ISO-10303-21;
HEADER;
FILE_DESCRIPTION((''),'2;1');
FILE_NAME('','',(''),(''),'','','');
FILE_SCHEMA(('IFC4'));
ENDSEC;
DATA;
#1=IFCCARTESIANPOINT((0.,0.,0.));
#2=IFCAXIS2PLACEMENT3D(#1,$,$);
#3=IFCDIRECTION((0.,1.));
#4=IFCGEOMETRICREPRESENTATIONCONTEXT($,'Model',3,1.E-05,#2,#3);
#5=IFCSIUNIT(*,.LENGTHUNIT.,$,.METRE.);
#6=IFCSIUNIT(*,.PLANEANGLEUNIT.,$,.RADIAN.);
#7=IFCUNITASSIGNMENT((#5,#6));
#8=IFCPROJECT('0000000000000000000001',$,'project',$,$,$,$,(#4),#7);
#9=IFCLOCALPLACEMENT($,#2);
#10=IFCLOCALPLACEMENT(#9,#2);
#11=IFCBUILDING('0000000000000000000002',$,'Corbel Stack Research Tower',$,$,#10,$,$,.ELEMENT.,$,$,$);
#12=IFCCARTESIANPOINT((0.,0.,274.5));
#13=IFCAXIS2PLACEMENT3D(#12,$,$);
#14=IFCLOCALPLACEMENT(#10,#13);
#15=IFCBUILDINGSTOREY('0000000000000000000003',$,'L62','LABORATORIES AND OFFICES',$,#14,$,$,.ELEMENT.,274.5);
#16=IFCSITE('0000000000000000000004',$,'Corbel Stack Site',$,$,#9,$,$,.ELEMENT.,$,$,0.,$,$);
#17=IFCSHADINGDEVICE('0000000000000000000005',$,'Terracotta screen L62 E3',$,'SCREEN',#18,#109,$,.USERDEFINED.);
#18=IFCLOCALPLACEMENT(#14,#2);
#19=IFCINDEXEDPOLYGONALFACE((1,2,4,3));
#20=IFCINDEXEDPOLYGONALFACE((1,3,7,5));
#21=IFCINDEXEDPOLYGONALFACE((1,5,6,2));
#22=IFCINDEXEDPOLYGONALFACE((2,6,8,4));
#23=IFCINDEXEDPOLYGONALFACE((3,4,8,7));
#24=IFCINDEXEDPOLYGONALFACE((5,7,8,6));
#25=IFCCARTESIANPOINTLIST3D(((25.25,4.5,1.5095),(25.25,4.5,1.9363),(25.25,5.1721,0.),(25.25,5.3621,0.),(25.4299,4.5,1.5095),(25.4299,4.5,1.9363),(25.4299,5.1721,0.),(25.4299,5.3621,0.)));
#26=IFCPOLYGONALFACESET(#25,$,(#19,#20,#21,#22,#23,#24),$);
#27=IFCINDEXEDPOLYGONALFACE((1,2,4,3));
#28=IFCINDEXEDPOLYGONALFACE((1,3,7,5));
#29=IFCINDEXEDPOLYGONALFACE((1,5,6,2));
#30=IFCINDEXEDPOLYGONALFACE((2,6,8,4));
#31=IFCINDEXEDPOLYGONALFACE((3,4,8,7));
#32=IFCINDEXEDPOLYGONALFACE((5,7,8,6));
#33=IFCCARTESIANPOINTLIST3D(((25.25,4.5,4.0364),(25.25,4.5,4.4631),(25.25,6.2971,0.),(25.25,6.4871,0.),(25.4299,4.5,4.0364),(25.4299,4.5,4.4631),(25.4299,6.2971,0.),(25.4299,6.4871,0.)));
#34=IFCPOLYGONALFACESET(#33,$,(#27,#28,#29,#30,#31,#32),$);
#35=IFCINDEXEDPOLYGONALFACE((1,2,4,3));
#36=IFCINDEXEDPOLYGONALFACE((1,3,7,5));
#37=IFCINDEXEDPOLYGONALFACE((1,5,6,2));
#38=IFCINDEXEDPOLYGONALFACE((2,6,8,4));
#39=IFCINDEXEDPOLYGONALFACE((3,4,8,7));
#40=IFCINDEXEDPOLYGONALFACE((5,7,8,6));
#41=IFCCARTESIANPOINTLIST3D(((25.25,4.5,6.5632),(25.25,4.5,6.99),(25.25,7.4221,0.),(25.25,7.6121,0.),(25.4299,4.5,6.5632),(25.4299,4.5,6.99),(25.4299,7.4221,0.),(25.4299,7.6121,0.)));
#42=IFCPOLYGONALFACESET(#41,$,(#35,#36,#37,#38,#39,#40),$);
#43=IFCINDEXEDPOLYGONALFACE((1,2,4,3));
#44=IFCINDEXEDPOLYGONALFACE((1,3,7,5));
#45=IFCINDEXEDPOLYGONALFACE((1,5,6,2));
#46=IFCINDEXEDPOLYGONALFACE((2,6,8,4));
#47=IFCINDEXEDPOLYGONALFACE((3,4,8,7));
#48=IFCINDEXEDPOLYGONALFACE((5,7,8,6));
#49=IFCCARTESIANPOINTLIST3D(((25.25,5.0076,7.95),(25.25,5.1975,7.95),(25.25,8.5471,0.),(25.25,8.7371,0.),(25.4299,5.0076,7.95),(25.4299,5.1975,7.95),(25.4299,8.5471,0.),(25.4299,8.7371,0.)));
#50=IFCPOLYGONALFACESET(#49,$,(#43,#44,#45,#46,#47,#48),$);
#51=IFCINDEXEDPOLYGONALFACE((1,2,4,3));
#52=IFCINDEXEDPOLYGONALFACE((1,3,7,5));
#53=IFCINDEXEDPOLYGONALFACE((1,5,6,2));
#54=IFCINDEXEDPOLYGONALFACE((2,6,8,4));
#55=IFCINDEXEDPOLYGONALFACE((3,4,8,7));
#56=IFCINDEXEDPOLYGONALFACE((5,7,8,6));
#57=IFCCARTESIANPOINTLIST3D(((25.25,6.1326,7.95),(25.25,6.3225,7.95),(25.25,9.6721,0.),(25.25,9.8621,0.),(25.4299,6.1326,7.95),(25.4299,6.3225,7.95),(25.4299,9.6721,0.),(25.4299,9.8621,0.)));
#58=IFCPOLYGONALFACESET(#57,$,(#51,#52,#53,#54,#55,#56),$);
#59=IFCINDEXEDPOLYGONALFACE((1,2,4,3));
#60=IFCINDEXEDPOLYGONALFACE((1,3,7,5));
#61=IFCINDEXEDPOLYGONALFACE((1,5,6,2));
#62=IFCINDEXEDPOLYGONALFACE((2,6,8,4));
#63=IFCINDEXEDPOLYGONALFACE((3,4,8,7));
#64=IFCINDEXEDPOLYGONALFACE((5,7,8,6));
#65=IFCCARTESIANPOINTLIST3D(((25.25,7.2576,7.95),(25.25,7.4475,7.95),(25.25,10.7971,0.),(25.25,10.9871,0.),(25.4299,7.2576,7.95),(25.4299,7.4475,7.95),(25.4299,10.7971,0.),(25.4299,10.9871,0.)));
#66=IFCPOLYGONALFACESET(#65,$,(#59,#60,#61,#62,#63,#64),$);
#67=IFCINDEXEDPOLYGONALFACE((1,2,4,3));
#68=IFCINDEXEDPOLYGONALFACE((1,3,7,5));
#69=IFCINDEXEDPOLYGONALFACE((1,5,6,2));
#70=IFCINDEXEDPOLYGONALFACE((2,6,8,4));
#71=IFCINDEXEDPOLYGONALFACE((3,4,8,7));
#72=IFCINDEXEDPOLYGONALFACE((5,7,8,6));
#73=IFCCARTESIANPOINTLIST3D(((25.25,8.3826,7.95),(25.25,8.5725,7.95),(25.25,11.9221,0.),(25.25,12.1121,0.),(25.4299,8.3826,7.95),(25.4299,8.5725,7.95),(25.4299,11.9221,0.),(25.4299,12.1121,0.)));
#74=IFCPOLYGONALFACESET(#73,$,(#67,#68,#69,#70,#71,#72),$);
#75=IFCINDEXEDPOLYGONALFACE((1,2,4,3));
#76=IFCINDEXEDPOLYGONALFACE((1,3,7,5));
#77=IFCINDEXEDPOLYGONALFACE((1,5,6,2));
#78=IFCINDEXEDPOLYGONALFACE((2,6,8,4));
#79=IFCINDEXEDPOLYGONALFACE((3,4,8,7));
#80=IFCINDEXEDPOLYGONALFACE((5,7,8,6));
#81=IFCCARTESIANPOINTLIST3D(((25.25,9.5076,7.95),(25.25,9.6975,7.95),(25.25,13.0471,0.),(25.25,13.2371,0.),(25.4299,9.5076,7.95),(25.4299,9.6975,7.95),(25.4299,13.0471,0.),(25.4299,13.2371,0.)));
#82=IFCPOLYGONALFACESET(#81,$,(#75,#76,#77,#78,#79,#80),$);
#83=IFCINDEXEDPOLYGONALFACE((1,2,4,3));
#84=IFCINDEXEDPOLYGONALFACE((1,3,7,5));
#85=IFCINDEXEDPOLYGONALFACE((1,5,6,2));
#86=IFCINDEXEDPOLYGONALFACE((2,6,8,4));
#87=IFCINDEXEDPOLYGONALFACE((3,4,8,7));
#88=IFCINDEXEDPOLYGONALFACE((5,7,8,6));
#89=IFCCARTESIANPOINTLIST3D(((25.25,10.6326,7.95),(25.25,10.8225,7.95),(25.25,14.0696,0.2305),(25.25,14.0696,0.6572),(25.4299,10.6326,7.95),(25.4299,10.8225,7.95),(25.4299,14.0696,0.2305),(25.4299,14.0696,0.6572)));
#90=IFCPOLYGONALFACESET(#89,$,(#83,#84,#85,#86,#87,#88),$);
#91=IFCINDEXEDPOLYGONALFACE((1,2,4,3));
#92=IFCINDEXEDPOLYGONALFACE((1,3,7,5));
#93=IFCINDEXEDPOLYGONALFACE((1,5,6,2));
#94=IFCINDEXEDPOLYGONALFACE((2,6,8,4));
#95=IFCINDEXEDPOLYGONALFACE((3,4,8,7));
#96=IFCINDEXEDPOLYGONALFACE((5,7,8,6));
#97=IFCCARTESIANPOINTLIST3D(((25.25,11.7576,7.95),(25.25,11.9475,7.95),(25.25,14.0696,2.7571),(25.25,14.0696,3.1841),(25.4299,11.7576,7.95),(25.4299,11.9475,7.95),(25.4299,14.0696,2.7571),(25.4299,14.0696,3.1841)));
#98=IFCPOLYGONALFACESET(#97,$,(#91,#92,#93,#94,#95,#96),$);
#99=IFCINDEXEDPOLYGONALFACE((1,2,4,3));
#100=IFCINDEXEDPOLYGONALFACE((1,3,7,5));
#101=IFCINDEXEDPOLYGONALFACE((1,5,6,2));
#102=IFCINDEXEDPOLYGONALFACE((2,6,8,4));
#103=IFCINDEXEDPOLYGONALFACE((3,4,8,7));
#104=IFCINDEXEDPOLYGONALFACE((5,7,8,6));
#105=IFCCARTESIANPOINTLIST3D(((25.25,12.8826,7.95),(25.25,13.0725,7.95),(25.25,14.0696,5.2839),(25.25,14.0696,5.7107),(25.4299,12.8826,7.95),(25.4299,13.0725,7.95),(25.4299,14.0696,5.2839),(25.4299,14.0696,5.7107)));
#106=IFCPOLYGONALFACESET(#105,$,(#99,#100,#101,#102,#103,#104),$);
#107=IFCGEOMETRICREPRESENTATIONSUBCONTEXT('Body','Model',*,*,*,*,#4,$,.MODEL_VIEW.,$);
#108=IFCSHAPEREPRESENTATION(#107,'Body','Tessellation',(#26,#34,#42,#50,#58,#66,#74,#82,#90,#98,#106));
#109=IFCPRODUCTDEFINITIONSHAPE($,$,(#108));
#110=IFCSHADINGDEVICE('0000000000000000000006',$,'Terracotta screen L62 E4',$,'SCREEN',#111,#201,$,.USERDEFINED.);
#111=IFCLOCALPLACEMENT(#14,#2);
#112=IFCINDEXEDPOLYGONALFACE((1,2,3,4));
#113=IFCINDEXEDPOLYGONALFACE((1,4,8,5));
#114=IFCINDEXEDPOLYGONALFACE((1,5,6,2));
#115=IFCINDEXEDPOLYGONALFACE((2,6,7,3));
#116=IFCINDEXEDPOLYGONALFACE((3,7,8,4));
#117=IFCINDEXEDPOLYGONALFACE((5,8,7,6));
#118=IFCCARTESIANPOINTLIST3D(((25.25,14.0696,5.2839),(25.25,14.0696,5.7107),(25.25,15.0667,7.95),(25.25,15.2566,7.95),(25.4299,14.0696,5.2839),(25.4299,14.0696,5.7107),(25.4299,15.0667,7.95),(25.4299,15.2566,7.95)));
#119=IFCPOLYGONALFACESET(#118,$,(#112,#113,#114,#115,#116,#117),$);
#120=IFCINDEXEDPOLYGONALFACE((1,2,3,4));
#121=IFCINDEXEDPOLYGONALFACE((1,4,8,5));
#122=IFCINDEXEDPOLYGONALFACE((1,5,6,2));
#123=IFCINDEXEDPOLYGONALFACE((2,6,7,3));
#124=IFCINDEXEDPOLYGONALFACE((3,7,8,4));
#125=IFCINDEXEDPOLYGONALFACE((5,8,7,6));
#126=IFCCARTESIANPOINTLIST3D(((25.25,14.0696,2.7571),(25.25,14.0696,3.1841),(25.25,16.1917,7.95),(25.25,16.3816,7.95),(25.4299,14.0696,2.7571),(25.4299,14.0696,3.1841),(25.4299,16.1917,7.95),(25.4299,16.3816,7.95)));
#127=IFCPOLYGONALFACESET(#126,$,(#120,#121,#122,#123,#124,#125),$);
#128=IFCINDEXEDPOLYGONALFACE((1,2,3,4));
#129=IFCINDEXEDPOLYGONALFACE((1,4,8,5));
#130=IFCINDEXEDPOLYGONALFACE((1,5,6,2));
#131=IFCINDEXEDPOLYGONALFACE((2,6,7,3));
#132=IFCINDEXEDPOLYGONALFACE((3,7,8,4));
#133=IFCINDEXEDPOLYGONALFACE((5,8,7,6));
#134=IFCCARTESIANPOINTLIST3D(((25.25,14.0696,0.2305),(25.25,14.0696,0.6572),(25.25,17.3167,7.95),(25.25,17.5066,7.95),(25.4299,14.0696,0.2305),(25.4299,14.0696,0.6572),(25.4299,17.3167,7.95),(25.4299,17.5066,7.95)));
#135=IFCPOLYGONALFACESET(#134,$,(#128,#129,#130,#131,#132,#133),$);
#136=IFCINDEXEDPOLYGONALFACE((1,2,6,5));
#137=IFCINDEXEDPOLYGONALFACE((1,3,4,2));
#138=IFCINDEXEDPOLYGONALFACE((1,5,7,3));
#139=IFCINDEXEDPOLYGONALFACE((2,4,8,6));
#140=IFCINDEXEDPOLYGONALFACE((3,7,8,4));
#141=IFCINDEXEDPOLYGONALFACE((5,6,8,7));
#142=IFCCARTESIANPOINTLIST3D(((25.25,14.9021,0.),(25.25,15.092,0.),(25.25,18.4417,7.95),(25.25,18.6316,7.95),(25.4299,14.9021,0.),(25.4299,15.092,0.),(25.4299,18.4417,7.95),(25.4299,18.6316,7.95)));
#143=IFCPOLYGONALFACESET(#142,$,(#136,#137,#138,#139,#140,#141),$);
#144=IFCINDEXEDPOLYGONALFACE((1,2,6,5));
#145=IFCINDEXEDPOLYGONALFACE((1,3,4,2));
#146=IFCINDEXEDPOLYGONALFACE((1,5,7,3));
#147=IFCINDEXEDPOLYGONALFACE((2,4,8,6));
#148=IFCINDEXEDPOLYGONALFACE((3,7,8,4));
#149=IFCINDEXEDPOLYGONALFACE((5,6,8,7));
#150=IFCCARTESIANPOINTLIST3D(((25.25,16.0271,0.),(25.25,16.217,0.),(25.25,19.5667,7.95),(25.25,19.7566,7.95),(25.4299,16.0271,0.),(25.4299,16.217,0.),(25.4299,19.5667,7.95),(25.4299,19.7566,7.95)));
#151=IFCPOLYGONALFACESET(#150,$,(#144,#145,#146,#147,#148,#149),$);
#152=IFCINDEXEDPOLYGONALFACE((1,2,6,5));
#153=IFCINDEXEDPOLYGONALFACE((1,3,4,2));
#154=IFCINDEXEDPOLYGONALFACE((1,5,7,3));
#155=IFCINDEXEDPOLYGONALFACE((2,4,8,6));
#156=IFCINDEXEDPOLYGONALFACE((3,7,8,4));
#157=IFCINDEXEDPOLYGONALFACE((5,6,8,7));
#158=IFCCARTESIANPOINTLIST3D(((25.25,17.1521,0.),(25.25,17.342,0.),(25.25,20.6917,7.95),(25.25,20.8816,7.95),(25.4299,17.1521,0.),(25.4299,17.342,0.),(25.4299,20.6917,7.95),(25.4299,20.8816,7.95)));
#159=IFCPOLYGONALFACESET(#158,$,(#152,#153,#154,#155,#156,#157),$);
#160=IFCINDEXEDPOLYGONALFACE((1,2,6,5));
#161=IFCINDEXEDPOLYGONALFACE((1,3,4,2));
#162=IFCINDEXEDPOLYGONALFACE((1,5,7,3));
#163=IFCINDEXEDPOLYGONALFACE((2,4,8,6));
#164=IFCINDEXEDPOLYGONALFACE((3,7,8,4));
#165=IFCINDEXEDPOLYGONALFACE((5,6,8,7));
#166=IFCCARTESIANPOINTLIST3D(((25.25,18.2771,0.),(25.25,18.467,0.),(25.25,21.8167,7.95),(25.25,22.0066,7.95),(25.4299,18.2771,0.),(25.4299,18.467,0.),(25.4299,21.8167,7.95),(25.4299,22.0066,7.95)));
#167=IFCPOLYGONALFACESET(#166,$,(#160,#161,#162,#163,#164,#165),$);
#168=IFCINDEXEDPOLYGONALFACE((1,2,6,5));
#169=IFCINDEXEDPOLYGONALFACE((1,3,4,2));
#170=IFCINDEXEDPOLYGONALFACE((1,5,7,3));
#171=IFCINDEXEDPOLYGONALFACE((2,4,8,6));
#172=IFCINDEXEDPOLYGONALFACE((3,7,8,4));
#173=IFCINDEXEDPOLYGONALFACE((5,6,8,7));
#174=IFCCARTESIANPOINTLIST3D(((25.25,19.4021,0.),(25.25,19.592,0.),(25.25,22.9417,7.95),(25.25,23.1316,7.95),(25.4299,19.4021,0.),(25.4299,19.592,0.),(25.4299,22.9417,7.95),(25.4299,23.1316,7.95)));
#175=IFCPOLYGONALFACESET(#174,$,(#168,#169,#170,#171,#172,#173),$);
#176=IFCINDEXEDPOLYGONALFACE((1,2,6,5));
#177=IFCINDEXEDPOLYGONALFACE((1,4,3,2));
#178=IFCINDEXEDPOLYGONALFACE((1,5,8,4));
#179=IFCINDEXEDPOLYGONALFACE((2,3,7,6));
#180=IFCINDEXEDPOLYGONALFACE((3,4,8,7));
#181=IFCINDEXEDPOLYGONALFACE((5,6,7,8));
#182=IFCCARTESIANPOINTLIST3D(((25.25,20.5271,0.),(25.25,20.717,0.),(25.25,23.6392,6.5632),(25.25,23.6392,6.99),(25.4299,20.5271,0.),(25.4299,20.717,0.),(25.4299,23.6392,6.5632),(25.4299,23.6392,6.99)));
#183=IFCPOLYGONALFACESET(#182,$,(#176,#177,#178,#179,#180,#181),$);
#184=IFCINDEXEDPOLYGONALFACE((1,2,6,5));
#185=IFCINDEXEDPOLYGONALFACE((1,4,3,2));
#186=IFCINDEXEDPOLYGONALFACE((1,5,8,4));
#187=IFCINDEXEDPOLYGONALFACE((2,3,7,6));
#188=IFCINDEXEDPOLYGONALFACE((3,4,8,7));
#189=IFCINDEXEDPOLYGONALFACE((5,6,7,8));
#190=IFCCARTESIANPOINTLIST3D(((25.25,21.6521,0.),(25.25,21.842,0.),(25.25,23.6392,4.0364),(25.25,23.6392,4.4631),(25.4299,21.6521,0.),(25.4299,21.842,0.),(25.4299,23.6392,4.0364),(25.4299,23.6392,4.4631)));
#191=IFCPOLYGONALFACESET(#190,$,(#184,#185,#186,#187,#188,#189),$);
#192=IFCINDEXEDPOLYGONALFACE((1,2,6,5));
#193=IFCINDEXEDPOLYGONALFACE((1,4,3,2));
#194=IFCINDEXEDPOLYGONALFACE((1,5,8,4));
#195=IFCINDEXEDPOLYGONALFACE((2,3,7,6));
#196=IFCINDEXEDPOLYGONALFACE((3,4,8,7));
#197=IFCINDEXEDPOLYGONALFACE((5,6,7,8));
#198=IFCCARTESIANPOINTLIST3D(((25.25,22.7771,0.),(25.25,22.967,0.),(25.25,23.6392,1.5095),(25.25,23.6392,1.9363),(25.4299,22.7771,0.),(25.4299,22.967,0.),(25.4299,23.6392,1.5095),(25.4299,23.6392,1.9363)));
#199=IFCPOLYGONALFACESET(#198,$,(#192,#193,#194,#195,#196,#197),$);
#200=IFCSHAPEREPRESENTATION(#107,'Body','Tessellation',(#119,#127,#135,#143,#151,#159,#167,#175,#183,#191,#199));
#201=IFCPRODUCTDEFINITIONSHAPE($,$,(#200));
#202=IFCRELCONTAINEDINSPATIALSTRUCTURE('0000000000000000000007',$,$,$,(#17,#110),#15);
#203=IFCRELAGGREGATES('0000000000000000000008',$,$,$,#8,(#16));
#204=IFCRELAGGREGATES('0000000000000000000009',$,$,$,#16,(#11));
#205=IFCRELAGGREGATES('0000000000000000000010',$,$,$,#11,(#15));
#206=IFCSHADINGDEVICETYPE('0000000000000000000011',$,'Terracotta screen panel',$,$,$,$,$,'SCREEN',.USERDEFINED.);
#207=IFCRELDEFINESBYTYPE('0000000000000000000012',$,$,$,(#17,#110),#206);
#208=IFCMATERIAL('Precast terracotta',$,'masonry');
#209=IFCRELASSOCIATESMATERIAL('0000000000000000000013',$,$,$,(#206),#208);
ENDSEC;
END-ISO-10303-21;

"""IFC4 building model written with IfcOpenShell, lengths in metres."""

from ifc_helpers import new_model, si_unit, direction, frame, origin, place, context, subcontext, project, spatial, polyline, outline, extrude, source, transform, mapped, material, type_object, element, save


model = new_model("IFC4")

# Units and contexts
model_context = context("Model", 3, precision=1e-05, world=origin(), true_north=direction((0.0, 1.0)))
body_context = subcontext(model_context, "Body", "Model", "MODEL_VIEW")
ifc_project = project(units=[si_unit("LENGTHUNIT", "METRE"), si_unit("PLANEANGLEUNIT", "RADIAN")], contexts=[model_context])

# Site, building, storey
site_placement = place(None, origin())
site = spatial("IfcSite", under=ifc_project, at=site_placement, Name="Corbel Stack Site", CompositionType="ELEMENT", RefElevation=0.0)
building_placement = place(site_placement, origin())
building = spatial("IfcBuilding", under=site, at=building_placement, Name="Corbel Stack Research Tower", CompositionType="ELEMENT")
storey_placement = place(building_placement, frame((0.0, 0.0, 274.5)))
storey = spatial("IfcBuildingStorey", under=building, at=storey_placement, Name="L62", Description="LABORATORIES AND OFFICES", CompositionType="ELEMENT", Elevation=274.5)

# Shading devices
ifc_material_1 = material(Name="Precast terracotta", Category="masonry")
shading_device_type = type_object("IfcShadingDeviceType", Name="Terracotta screen panel", ElementType="SCREEN", PredefinedType="USERDEFINED", material=ifc_material_1)
shared_shape_1 = source(origin(), body_context, "Body", "SweptSolid", [
    extrude(outline(polyline([(0.8621, 0.0), (0.0, 1.9363), (0.0, 1.5095), (0.6721, 0.0), (0.8621, 0.0)])), frame((0.0, 0.0, 0.0), z_axis=(0.0, -1.0, 0.0), x_axis=(1.0, 0.0, 0.0)), (0.0, 0.0, 1.0), 0.1799),
    extrude(outline(polyline([(1.9871, 0.0), (0.0, 4.4631), (0.0, 4.0364), (1.7971, 0.0), (1.9871, 0.0)])), frame((0.0, 0.0, 0.0), z_axis=(0.0, -1.0, 0.0), x_axis=(1.0, 0.0, 0.0)), (0.0, 0.0, 1.0), 0.1799),
    extrude(outline(polyline([(3.1121, 0.0), (0.0, 6.99), (0.0, 6.5632), (2.9221, 0.0), (3.1121, 0.0)])), frame((0.0, 0.0, 0.0), z_axis=(0.0, -1.0, 0.0), x_axis=(1.0, 0.0, 0.0)), (0.0, 0.0, 1.0), 0.1799),
    extrude(outline(polyline([(4.2371, 0.0), (0.6975, 7.95), (0.5076, 7.95), (4.0471, 0.0), (4.2371, 0.0)])), frame((0.0, 0.0, 0.0), z_axis=(0.0, -1.0, 0.0), x_axis=(1.0, 0.0, 0.0)), (0.0, 0.0, 1.0), 0.1799),
    extrude(outline(polyline([(5.3621, 0.0), (1.8225, 7.95), (1.6326, 7.95), (5.1721, 0.0), (5.3621, 0.0)])), frame((0.0, 0.0, 0.0), z_axis=(0.0, -1.0, 0.0), x_axis=(1.0, 0.0, 0.0)), (0.0, 0.0, 1.0), 0.1799),
    extrude(outline(polyline([(6.4871, 0.0), (2.9475, 7.95), (2.7576, 7.95), (6.2971, 0.0), (6.4871, 0.0)])), frame((0.0, 0.0, 0.0), z_axis=(0.0, -1.0, 0.0), x_axis=(1.0, 0.0, 0.0)), (0.0, 0.0, 1.0), 0.1799),
    extrude(outline(polyline([(7.6121, 0.0), (4.0725, 7.95), (3.8826, 7.95), (7.4221, 0.0), (7.6121, 0.0)])), frame((0.0, 0.0, 0.0), z_axis=(0.0, -1.0, 0.0), x_axis=(1.0, 0.0, 0.0)), (0.0, 0.0, 1.0), 0.1799),
    extrude(outline(polyline([(8.7371, 0.0), (5.1975, 7.95), (5.0076, 7.95), (8.5471, 0.0), (8.7371, 0.0)])), frame((0.0, 0.0, 0.0), z_axis=(0.0, -1.0, 0.0), x_axis=(1.0, 0.0, 0.0)), (0.0, 0.0, 1.0), 0.1799),
    extrude(outline(polyline([(6.3225, 7.95), (6.1326, 7.95), (9.5696, 0.2305), (9.5696, 0.6572), (6.3225, 7.95)])), frame((0.0, 0.0, 0.0), z_axis=(0.0, -1.0, 0.0), x_axis=(1.0, 0.0, 0.0)), (0.0, 0.0, 1.0), 0.1799),
    extrude(outline(polyline([(7.4475, 7.95), (7.2576, 7.95), (9.5696, 2.7571), (9.5696, 3.1841), (7.4475, 7.95)])), frame((0.0, 0.0, 0.0), z_axis=(0.0, -1.0, 0.0), x_axis=(1.0, 0.0, 0.0)), (0.0, 0.0, 1.0), 0.1799),
    extrude(outline(polyline([(8.5725, 7.95), (8.3826, 7.95), (9.5696, 5.2839), (9.5696, 5.7107), (8.5725, 7.95)])), frame((0.0, 0.0, 0.0), z_axis=(0.0, -1.0, 0.0), x_axis=(1.0, 0.0, 0.0)), (0.0, 0.0, 1.0), 0.1799),
])
shading_device_1_placement = place(storey_placement, frame((25.25, 4.5, 0.0), z_axis=(0.0, 0.0, 1.0), x_axis=(0.0, 1.0, 0.0)))
element("IfcShadingDevice", 1, at=shading_device_1_placement, inside=storey, type_object=shading_device_type, Name="Terracotta screen L62 E3", ObjectType="SCREEN", PredefinedType="USERDEFINED", context=body_context, shape_type="MappedRepresentation", body=[
    mapped(shared_shape_1, transform((0.0, 0.0, 0.0))),
])
shared_shape_2 = source(origin(), body_context, "Body", "SweptSolid", [
    extrude(outline(polyline([(1.187, 7.95), (0.9971, 7.95), (0.0, 5.7107), (0.0, 5.2839), (1.187, 7.95)])), frame((0.0, 0.0, 0.0), z_axis=(0.0, -1.0, 0.0), x_axis=(1.0, 0.0, 0.0)), (0.0, 0.0, 1.0), 0.1799),
    extrude(outline(polyline([(2.312, 7.95), (2.1221, 7.95), (0.0, 3.1841), (0.0, 2.7571), (2.312, 7.95)])), frame((0.0, 0.0, 0.0), z_axis=(0.0, -1.0, 0.0), x_axis=(1.0, 0.0, 0.0)), (0.0, 0.0, 1.0), 0.1799),
    extrude(outline(polyline([(3.437, 7.95), (3.2471, 7.95), (0.0, 0.6572), (0.0, 0.2305), (3.437, 7.95)])), frame((0.0, 0.0, 0.0), z_axis=(0.0, -1.0, 0.0), x_axis=(1.0, 0.0, 0.0)), (0.0, 0.0, 1.0), 0.1799),
    extrude(outline(polyline([(1.0225, 0.0), (4.562, 7.95), (4.3721, 7.95), (0.8325, 0.0), (1.0225, 0.0)])), frame((0.0, 0.0, 0.0), z_axis=(0.0, -1.0, 0.0), x_axis=(1.0, 0.0, 0.0)), (0.0, 0.0, 1.0), 0.1799),
    extrude(outline(polyline([(2.1475, 0.0), (5.687, 7.95), (5.4971, 7.95), (1.9575, 0.0), (2.1475, 0.0)])), frame((0.0, 0.0, 0.0), z_axis=(0.0, -1.0, 0.0), x_axis=(1.0, 0.0, 0.0)), (0.0, 0.0, 1.0), 0.1799),
    extrude(outline(polyline([(3.2725, 0.0), (6.812, 7.95), (6.6221, 7.95), (3.0825, 0.0), (3.2725, 0.0)])), frame((0.0, 0.0, 0.0), z_axis=(0.0, -1.0, 0.0), x_axis=(1.0, 0.0, 0.0)), (0.0, 0.0, 1.0), 0.1799),
    extrude(outline(polyline([(4.3975, 0.0), (7.937, 7.95), (7.7471, 7.95), (4.2075, 0.0), (4.3975, 0.0)])), frame((0.0, 0.0, 0.0), z_axis=(0.0, -1.0, 0.0), x_axis=(1.0, 0.0, 0.0)), (0.0, 0.0, 1.0), 0.1799),
    extrude(outline(polyline([(5.5225, 0.0), (9.062, 7.95), (8.8721, 7.95), (5.3325, 0.0), (5.5225, 0.0)])), frame((0.0, 0.0, 0.0), z_axis=(0.0, -1.0, 0.0), x_axis=(1.0, 0.0, 0.0)), (0.0, 0.0, 1.0), 0.1799),
    extrude(outline(polyline([(6.6475, 0.0), (9.5696, 6.5632), (9.5696, 6.99), (6.4575, 0.0), (6.6475, 0.0)])), frame((0.0, 0.0, 0.0), z_axis=(0.0, -1.0, 0.0), x_axis=(1.0, 0.0, 0.0)), (0.0, 0.0, 1.0), 0.1799),
    extrude(outline(polyline([(7.7725, 0.0), (9.5696, 4.0364), (9.5696, 4.4631), (7.5825, 0.0), (7.7725, 0.0)])), frame((0.0, 0.0, 0.0), z_axis=(0.0, -1.0, 0.0), x_axis=(1.0, 0.0, 0.0)), (0.0, 0.0, 1.0), 0.1799),
    extrude(outline(polyline([(8.8975, 0.0), (9.5696, 1.5095), (9.5696, 1.9363), (8.7075, 0.0), (8.8975, 0.0)])), frame((0.0, 0.0, 0.0), z_axis=(0.0, -1.0, 0.0), x_axis=(1.0, 0.0, 0.0)), (0.0, 0.0, 1.0), 0.1799),
])
shading_device_2_placement = place(storey_placement, frame((25.25, 14.0696, 0.0), z_axis=(0.0, 0.0, 1.0), x_axis=(0.0, 1.0, 0.0)))
element("IfcShadingDevice", 2, at=shading_device_2_placement, inside=storey, type_object=shading_device_type, Name="Terracotta screen L62 E4", ObjectType="SCREEN", PredefinedType="USERDEFINED", context=body_context, shape_type="MappedRepresentation", body=[
    mapped(shared_shape_2, transform((0.0, 0.0, 0.0))),
])

save(model, "model.ifc")
